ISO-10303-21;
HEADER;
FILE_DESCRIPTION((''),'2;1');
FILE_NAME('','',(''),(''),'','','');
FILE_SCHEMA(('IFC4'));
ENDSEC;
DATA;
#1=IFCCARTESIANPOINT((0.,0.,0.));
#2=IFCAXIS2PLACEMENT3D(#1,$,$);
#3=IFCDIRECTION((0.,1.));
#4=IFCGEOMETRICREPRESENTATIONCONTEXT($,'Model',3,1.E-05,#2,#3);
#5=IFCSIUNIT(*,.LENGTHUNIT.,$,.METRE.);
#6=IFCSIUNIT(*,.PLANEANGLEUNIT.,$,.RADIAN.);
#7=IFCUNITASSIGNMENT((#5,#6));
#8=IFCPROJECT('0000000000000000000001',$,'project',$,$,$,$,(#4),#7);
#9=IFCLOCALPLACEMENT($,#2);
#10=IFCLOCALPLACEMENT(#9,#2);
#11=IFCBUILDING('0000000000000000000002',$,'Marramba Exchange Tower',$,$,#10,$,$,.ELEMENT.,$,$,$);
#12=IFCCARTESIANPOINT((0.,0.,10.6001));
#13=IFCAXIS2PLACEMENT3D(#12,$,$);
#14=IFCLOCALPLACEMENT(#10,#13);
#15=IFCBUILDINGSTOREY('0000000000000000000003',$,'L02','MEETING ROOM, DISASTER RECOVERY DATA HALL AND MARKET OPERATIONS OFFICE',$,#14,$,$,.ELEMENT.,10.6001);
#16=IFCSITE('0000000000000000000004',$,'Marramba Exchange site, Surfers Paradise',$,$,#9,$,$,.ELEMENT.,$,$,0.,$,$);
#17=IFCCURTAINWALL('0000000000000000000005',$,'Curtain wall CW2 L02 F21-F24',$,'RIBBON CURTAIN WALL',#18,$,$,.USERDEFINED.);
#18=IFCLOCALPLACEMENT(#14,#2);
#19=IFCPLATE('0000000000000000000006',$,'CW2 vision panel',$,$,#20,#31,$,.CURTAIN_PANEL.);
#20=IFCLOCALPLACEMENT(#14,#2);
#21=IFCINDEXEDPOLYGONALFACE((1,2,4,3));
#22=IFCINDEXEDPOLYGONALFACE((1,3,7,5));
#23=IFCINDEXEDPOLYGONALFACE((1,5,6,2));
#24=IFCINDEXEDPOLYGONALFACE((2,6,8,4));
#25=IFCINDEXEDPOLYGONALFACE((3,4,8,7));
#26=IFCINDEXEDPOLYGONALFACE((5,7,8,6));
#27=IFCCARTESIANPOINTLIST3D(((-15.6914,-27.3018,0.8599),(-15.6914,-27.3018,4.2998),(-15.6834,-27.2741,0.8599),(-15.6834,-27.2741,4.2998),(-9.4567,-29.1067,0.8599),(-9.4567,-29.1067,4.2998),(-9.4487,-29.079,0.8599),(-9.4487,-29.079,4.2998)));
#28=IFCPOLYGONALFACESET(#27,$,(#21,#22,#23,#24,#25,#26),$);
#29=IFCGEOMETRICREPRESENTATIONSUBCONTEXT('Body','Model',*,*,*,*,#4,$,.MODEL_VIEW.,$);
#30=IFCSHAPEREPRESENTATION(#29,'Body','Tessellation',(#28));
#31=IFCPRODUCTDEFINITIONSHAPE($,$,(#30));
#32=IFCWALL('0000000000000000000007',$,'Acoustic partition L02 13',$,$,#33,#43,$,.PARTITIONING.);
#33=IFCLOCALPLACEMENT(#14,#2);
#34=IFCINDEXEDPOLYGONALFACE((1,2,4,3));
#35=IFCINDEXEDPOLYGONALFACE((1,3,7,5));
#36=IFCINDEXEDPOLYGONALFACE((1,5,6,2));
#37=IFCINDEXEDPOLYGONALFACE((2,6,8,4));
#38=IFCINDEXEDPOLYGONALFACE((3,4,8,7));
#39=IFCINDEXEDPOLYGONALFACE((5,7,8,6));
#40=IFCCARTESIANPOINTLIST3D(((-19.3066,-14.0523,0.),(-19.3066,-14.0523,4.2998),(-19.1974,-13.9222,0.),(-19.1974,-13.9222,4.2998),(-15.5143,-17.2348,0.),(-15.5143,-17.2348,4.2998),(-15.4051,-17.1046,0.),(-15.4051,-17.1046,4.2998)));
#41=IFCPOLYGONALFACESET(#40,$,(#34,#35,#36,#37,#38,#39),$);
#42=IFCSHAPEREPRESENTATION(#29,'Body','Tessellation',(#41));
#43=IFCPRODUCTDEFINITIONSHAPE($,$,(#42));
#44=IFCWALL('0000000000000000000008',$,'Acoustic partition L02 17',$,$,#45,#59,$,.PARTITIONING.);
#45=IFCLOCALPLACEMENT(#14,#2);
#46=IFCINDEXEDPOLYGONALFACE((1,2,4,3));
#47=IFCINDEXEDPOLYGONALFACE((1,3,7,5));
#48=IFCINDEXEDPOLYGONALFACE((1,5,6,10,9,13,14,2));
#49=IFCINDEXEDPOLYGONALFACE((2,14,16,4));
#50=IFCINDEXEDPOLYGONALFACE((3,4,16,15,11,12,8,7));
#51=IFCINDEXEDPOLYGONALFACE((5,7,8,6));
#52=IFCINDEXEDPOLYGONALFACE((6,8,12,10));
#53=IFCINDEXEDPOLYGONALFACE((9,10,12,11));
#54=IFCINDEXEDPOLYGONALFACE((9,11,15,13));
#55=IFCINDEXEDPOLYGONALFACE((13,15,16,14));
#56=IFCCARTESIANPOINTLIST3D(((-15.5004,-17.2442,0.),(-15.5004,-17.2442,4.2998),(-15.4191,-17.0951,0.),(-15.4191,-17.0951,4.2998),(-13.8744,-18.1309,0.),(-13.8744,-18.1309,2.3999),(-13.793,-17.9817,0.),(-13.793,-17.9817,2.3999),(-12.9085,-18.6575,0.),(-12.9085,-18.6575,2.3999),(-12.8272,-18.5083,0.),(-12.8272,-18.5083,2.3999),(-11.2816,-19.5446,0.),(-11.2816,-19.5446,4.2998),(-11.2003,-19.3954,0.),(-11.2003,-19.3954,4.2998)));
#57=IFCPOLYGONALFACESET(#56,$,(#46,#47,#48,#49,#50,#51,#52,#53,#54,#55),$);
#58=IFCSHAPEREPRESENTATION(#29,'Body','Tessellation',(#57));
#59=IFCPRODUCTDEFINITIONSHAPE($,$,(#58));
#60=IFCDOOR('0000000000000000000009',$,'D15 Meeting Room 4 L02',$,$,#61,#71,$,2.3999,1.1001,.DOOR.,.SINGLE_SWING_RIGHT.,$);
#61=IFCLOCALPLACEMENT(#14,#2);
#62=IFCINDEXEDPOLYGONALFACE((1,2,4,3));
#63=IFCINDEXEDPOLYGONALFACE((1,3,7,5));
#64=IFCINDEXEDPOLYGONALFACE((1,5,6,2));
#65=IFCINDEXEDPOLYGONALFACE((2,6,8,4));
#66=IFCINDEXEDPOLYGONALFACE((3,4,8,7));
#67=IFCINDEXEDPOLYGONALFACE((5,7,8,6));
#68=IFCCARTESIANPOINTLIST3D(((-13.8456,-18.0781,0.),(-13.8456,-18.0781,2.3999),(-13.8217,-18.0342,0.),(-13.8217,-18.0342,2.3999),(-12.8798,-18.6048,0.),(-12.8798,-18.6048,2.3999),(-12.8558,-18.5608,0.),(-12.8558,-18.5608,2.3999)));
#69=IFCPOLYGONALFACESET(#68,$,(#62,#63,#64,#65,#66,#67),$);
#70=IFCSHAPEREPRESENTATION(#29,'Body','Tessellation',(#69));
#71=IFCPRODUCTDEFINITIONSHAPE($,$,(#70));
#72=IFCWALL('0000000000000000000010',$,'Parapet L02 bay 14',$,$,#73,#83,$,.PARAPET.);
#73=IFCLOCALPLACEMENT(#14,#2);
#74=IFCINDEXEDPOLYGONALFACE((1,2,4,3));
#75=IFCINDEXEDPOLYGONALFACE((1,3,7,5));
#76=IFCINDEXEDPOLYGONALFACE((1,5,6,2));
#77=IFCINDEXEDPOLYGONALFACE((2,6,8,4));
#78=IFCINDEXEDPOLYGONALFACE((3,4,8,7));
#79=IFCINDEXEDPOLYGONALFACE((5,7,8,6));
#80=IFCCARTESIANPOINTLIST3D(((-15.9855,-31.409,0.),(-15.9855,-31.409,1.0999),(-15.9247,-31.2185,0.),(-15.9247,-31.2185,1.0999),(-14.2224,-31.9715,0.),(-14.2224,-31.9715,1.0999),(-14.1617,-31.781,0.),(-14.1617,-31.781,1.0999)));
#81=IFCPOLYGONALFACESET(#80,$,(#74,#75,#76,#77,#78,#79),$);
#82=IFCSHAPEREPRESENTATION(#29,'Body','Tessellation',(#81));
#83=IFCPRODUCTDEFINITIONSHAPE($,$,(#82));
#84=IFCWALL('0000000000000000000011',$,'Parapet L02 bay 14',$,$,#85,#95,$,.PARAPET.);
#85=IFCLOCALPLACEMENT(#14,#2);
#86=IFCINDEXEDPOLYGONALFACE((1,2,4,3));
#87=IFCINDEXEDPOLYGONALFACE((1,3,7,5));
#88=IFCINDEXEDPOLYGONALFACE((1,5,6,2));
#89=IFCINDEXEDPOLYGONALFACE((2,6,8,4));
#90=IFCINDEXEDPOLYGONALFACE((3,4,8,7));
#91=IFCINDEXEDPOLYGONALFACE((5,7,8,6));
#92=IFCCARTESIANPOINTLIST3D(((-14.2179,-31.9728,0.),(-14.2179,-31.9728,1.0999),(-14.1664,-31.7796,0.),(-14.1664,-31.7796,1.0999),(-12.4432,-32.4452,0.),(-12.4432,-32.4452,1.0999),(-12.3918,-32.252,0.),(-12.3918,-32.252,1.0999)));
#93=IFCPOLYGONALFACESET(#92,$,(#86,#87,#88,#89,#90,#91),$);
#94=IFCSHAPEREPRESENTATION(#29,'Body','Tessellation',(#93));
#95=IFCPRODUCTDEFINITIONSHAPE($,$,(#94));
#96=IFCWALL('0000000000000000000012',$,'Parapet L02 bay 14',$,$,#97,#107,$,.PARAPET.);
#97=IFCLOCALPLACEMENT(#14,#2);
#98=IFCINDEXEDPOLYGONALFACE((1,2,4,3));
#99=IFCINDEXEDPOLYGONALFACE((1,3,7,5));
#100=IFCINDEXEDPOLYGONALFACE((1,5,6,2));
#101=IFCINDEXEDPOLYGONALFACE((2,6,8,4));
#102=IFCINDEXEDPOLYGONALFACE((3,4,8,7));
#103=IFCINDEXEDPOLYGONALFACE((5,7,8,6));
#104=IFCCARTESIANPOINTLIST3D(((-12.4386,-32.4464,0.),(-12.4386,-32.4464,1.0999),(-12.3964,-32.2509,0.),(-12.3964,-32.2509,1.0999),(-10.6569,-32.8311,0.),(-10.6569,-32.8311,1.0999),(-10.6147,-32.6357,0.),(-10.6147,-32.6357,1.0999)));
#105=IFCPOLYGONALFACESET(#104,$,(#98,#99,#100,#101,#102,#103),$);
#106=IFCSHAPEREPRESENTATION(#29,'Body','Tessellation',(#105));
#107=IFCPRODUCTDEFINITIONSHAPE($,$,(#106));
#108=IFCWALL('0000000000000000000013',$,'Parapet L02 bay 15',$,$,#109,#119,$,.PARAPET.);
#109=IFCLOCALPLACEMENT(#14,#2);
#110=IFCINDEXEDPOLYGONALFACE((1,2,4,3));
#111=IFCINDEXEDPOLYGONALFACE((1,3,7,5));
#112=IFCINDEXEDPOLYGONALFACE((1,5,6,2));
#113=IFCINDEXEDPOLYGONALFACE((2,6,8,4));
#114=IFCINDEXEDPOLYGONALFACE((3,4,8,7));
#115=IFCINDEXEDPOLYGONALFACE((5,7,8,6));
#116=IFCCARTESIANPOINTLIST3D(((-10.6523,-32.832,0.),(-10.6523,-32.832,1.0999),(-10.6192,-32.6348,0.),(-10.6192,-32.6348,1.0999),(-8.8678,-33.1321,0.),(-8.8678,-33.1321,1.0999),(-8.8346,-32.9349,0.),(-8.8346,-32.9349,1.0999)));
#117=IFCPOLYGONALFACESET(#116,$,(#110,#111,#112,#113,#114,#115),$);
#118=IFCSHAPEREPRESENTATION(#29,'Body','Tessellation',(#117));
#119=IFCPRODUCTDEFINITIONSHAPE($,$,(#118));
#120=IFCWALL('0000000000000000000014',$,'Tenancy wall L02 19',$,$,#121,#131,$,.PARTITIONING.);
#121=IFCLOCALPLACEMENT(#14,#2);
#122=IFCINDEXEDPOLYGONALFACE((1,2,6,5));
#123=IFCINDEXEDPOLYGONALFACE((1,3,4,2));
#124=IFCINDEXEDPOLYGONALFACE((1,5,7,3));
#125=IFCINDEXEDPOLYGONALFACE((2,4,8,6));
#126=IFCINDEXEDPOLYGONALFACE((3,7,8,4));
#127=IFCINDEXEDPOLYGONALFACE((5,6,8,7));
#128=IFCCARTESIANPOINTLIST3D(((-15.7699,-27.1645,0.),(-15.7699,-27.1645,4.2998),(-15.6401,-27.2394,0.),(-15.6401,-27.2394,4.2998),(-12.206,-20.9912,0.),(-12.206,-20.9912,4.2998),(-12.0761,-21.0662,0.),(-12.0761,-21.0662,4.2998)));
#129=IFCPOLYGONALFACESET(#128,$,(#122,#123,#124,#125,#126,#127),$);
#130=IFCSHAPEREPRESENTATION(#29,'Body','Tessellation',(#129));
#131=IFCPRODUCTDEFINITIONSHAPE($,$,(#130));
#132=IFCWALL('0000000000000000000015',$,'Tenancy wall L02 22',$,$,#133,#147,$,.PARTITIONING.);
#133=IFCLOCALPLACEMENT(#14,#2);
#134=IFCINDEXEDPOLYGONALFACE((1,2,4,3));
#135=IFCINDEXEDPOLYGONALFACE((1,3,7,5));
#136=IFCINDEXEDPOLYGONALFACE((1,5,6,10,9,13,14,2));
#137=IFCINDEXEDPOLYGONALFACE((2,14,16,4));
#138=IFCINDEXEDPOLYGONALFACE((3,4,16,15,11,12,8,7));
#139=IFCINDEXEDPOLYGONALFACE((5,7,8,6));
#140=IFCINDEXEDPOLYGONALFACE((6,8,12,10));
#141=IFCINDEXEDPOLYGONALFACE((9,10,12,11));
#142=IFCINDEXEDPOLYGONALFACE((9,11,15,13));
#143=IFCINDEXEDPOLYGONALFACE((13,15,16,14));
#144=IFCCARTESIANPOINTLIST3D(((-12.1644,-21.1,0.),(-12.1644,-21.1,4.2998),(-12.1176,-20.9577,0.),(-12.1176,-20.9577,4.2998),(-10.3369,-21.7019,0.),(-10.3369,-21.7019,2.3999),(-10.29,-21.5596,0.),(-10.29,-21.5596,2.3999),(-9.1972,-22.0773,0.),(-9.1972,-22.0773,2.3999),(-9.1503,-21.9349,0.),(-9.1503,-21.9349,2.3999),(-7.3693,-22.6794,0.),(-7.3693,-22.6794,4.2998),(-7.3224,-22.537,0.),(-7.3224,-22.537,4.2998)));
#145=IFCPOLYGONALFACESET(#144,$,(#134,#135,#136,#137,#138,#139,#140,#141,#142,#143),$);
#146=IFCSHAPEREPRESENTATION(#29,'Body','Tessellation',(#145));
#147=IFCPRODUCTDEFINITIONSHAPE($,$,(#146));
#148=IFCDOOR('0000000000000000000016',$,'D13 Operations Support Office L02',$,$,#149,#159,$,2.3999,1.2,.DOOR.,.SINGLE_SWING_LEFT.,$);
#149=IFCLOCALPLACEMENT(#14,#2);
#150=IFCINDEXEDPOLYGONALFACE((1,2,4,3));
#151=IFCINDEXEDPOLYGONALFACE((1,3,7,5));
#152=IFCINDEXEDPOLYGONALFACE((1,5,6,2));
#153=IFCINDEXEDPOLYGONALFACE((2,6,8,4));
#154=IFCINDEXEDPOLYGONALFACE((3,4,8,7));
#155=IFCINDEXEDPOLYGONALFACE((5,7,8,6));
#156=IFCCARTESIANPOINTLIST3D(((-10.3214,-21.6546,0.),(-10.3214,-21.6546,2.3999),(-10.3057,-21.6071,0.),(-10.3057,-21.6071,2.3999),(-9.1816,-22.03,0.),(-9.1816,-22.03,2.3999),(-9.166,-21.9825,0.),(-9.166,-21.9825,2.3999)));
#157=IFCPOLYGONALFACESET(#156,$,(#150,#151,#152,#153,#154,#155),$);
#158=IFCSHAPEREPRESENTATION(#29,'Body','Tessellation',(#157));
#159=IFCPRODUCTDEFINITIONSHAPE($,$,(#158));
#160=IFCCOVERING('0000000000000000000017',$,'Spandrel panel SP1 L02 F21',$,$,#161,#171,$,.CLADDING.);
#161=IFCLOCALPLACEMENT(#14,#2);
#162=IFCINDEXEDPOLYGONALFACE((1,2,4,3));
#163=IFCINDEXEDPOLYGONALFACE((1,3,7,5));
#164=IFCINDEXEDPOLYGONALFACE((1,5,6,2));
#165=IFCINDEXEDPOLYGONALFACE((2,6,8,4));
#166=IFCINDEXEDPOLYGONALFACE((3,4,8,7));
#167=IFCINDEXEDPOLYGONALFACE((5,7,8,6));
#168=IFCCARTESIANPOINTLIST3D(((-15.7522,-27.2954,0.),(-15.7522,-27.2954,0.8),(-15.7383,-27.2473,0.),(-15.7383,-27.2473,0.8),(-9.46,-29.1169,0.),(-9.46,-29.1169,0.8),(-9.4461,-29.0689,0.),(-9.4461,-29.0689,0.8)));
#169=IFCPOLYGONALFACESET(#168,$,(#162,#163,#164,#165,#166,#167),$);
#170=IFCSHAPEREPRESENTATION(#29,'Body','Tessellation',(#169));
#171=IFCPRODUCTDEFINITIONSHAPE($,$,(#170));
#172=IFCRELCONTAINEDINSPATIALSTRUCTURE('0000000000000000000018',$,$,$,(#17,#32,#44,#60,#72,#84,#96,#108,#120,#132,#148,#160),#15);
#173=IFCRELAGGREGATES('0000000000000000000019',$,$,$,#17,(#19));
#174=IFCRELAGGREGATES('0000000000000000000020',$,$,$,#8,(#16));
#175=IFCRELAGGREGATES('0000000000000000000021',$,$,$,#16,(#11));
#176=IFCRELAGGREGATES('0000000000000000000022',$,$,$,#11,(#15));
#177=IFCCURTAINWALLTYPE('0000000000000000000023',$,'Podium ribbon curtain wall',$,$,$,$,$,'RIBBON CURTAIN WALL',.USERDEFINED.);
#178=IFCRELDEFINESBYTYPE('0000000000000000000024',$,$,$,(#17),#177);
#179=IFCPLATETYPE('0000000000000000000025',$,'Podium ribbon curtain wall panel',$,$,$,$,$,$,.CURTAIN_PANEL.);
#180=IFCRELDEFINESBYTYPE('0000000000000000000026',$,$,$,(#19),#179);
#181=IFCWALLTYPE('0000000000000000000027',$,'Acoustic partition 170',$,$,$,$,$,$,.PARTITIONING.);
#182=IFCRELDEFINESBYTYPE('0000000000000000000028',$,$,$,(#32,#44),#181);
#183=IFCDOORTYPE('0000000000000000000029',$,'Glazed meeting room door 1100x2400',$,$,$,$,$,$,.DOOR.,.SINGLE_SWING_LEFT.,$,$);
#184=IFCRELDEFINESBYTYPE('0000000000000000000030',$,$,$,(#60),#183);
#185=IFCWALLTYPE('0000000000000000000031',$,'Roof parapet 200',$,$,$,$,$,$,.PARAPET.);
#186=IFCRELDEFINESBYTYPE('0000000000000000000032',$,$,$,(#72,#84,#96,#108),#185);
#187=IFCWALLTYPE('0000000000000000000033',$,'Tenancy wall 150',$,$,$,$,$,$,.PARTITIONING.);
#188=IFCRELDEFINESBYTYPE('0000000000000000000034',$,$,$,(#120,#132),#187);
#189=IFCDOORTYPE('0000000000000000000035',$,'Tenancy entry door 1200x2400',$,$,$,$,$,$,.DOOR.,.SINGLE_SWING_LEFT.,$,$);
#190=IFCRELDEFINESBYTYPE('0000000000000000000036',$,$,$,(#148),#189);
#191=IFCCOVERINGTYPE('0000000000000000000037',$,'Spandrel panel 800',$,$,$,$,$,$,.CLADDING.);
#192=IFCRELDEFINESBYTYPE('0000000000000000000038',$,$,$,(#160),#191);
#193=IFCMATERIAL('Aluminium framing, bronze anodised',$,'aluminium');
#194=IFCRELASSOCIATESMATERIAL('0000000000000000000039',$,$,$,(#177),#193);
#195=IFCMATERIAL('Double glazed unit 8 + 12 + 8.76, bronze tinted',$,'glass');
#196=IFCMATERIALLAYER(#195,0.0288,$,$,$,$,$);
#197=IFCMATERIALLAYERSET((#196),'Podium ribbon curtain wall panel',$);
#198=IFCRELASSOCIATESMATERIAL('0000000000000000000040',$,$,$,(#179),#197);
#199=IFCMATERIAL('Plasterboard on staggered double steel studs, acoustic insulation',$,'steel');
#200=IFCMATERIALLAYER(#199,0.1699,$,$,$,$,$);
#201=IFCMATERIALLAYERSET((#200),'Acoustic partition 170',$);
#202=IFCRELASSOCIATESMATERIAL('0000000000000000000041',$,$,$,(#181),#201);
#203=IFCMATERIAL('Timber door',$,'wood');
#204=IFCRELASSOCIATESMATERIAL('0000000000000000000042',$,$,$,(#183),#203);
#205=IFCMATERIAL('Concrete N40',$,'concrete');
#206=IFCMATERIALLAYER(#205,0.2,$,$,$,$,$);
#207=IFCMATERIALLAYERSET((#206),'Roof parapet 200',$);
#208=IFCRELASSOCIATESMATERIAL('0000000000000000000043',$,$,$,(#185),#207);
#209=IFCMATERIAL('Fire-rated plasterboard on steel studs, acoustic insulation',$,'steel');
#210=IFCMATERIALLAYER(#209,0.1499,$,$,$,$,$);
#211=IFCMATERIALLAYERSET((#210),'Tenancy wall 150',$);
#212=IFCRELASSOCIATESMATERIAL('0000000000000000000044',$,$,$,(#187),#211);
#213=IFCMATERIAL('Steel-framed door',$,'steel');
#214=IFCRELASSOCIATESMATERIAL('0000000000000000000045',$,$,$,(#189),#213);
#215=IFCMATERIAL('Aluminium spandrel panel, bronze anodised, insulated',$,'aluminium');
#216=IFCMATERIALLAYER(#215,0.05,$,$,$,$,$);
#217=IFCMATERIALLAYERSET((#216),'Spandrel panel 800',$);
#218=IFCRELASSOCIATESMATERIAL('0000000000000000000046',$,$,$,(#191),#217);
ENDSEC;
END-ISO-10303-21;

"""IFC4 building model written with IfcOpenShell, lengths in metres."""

from ifc_helpers import new_model, si_unit, direction, frame, frame_2d, origin, origin_2d, place, context, subcontext, project, spatial, rectangle, extrude, material, layer, layer_set, type_object, element, fill, aggregate, save


model = new_model("IFC4")

# Units and contexts
model_context = context("Model", 3, precision=1e-05, world=origin(), true_north=direction((0.0, 1.0)))
body_context = subcontext(model_context, "Body", "Model", "MODEL_VIEW")
ifc_project = project(units=[si_unit("LENGTHUNIT", "METRE"), si_unit("PLANEANGLEUNIT", "RADIAN")], contexts=[model_context])

# Site, building, storey
site_placement = place(None, origin())
site = spatial("IfcSite", under=ifc_project, at=site_placement, Name="Marramba Exchange site, Surfers Paradise", CompositionType="ELEMENT", RefElevation=0.0)
building_placement = place(site_placement, origin())
building = spatial("IfcBuilding", under=site, at=building_placement, Name="Marramba Exchange Tower", CompositionType="ELEMENT")
storey_placement = place(building_placement, frame((0.0, 0.0, 10.6001)))
storey = spatial("IfcBuildingStorey", under=building, at=storey_placement, Name="L02", Description="MEETING ROOM, DISASTER RECOVERY DATA HALL AND MARKET OPERATIONS OFFICE", CompositionType="ELEMENT", Elevation=10.6001)

# Curtain wall
ifc_material_1 = material(Name="Aluminium framing, bronze anodised", Category="aluminium")
curtain_wall_type = type_object("IfcCurtainWallType", Name="Podium ribbon curtain wall", ElementType="RIBBON CURTAIN WALL", PredefinedType="USERDEFINED", material=ifc_material_1)
curtain_wall_placement = place(storey_placement, origin())
curtain_wall = element("IfcCurtainWall", 1, at=curtain_wall_placement, inside=storey, type_object=curtain_wall_type, Name="Curtain wall CW2 L02 F21-F24", ObjectType="RIBBON CURTAIN WALL", PredefinedType="USERDEFINED")

# Plate
ifc_material_2 = material(Name="Double glazed unit 8 + 12 + 8.76, bronze tinted", Category="glass")
ifc_layer_1 = layer(ifc_material_2, 0.0288)
ifc_layer_set_1 = layer_set([ifc_layer_1], Name="Podium ribbon curtain wall panel")
plate_type = type_object("IfcPlateType", Name="Podium ribbon curtain wall panel", PredefinedType="CURTAIN_PANEL", material=ifc_layer_set_1)
plate_placement = place(storey_placement, frame((-12.5701, -28.1904, 0.8599), z_axis=(0.0, 0.0, 1.0), x_axis=(0.960559, -0.278075, 0.0)))
plate = element("IfcPlate", 2, at=plate_placement, type_object=plate_type, Name="CW2 vision panel", PredefinedType="CURTAIN_PANEL", context=body_context, shape_type="SweptSolid", body=[
    extrude(rectangle(XDim=6.4907, YDim=0.0288, at=origin_2d()), origin(), (0.0, 0.0, 1.0), 3.4399),
])
aggregate(curtain_wall, [plate])

# Wall
ifc_material_3 = material(Name="Plasterboard on staggered double steel studs, acoustic insulation", Category="steel")
ifc_layer_2 = layer(ifc_material_3, 0.1699)
ifc_layer_set_2 = layer_set([ifc_layer_2], Name="Acoustic partition 170")
wall_type_1 = type_object("IfcWallType", Name="Acoustic partition 170", PredefinedType="PARTITIONING", material=ifc_layer_set_2)
wall_1_placement = place(storey_placement, frame((-15.4597, -17.1697, 0.0), z_axis=(0.0, 0.0, 1.0), x_axis=(-0.766014, 0.642824, 0.0)))
element("IfcWall", 3, at=wall_1_placement, inside=storey, type_object=wall_type_1, Name="Acoustic partition L02 13", PredefinedType="PARTITIONING", context=body_context, shape_type="SweptSolid", body=[
    extrude(rectangle(XDim=4.9507, YDim=0.1699, at=frame_2d((2.4753, 0.0))), origin(), (0.0, 0.0, 1.0), 4.2998),
])

# Wall, opening, door
wall_2_placement = place(storey_placement, frame((-11.241, -19.47, 0.0), z_axis=(0.0, 0.0, 1.0), x_axis=(-0.877969, 0.478717, 0.0)))
wall_2 = element("IfcWall", 4, at=wall_2_placement, inside=storey, type_object=wall_type_1, Name="Acoustic partition L02 17", PredefinedType="PARTITIONING", context=body_context, shape_type="SweptSolid", body=[
    extrude(rectangle(XDim=4.8052, YDim=0.1699, at=frame_2d((2.4026, 0.0))), origin(), (0.0, 0.0, 1.0), 4.2998),
])
opening_1_placement = place(wall_2_placement, frame((1.853, 0.0, 0.0)))
opening_1 = element("IfcOpeningElement", 5, at=opening_1_placement, cuts=wall_2, PredefinedType="OPENING", context=body_context, shape_type="SweptSolid", body=[
    extrude(rectangle(XDim=1.1001, YDim=2.3999, at=frame_2d((0.55, 1.2))), frame((0.0, 0.095, 0.0), z_axis=(0.0, -1.0, 0.0), x_axis=(1.0, 0.0, 0.0)), (0.0, 0.0, 1.0), 0.1899),
])
ifc_material_4 = material(Name="Timber door", Category="wood")
door_type_1 = type_object("IfcDoorType", Name="Glazed meeting room door 1100x2400", OperationType="SINGLE_SWING_LEFT", PredefinedType="DOOR", material=ifc_material_4)
door_1_placement = place(opening_1_placement, origin())
door_1 = element("IfcDoor", 6, at=door_1_placement, inside=storey, type_object=door_type_1, Name="D15 Meeting Room 4 L02", OperationType="SINGLE_SWING_RIGHT", OverallHeight=2.3999, OverallWidth=1.1001, PredefinedType="DOOR", context=body_context, shape_type="SweptSolid", body=[
    extrude(rectangle(XDim=1.1001, YDim=2.3999, at=frame_2d((0.55, 1.2))), frame((0.0, 0.0249, 0.0), z_axis=(0.0, -1.0, 0.0), x_axis=(1.0, 0.0, 0.0)), (0.0, 0.0, 1.0), 0.05),
])
fill(opening_1, door_1)

# Walls
ifc_material_5 = material(Name="Concrete N40", Category="concrete")
ifc_layer_3 = layer(ifc_material_5, 0.2)
ifc_layer_set_3 = layer_set([ifc_layer_3], Name="Roof parapet 200")
wall_type_2 = type_object("IfcWallType", Name="Roof parapet 200", PredefinedType="PARAPET", material=ifc_layer_set_3)
wall_3_placement = place(storey_placement, frame((-15.9551, -31.3137, 0.0), z_axis=(0.0, 0.0, 1.0), x_axis=(0.952681, -0.303971, 0.0)))
element("IfcWall", 7, at=wall_3_placement, inside=storey, type_object=wall_type_2, Name="Parapet L02 bay 14", PredefinedType="PARAPET", context=body_context, shape_type="SweptSolid", body=[
    extrude(rectangle(XDim=1.8506, YDim=0.2, at=frame_2d((0.9253, 0.0))), origin(), (0.0, 0.0, 1.0), 1.0999),
])
wall_4_placement = place(storey_placement, frame((-14.1921, -31.8762, 0.0), z_axis=(0.0, 0.0, 1.0), x_axis=(0.966347, -0.257241, 0.0)))
element("IfcWall", 8, at=wall_4_placement, inside=storey, type_object=wall_type_2, Name="Parapet L02 bay 14", PredefinedType="PARAPET", context=body_context, shape_type="SweptSolid", body=[
    extrude(rectangle(XDim=1.8364, YDim=0.2, at=frame_2d((0.9182, 0.0))), origin(), (0.0, 0.0, 1.0), 1.0999),
])
wall_5_placement = place(storey_placement, frame((-12.4175, -32.3486, 0.0), z_axis=(0.0, 0.0, 1.0), x_axis=(0.977468, -0.211084, 0.0)))
element("IfcWall", 9, at=wall_5_placement, inside=storey, type_object=wall_type_2, Name="Parapet L02 bay 14", PredefinedType="PARAPET", context=body_context, shape_type="SweptSolid", body=[
    extrude(rectangle(XDim=1.8228, YDim=0.2, at=frame_2d((0.9114, 0.0))), origin(), (0.0, 0.0, 1.0), 1.0999),
])
wall_6_placement = place(storey_placement, frame((-10.6357, -32.7334, 0.0), z_axis=(0.0, 0.0, 1.0), x_axis=(0.986156, -0.165821, 0.0)))
element("IfcWall", 10, at=wall_6_placement, inside=storey, type_object=wall_type_2, Name="Parapet L02 bay 15", PredefinedType="PARAPET", context=body_context, shape_type="SweptSolid", body=[
    extrude(rectangle(XDim=1.8096, YDim=0.2, at=frame_2d((0.9048, 0.0))), origin(), (0.0, 0.0, 1.0), 1.0999),
])
ifc_material_6 = material(Name="Fire-rated plasterboard on steel studs, acoustic insulation", Category="steel")
ifc_layer_4 = layer(ifc_material_6, 0.1499)
ifc_layer_set_4 = layer_set([ifc_layer_4], Name="Tenancy wall 150")
wall_type_3 = type_object("IfcWallType", Name="Tenancy wall 150", PredefinedType="PARTITIONING", material=ifc_layer_set_4)
wall_7_placement = place(storey_placement, frame((-12.1411, -21.0288, 0.0), z_axis=(0.0, 0.0, 1.0), x_axis=(-0.499977, -0.866038, 0.0)))
element("IfcWall", 11, at=wall_7_placement, inside=storey, type_object=wall_type_3, Name="Tenancy wall L02 19", PredefinedType="PARTITIONING", context=body_context, shape_type="SweptSolid", body=[
    extrude(rectangle(XDim=7.1282, YDim=0.1499, at=frame_2d((3.564, 0.0))), origin(), (0.0, 0.0, 1.0), 4.2998),
])

# Wall, opening, door
wall_8_placement = place(storey_placement, frame((-12.1411, -21.0288, 0.0), z_axis=(0.0, 0.0, 1.0), x_axis=(0.949809, -0.312831, 0.0)))
wall_8 = element("IfcWall", 12, at=wall_8_placement, inside=storey, type_object=wall_type_3, Name="Tenancy wall L02 22", PredefinedType="PARTITIONING", context=body_context, shape_type="SweptSolid", body=[
    extrude(rectangle(XDim=5.0486, YDim=0.1499, at=frame_2d((2.5244, 0.0))), origin(), (0.0, 0.0, 1.0), 4.2998),
])
opening_2_placement = place(wall_8_placement, frame((1.9241, 0.0, 0.0)))
opening_2 = element("IfcOpeningElement", 13, at=opening_2_placement, cuts=wall_8, PredefinedType="OPENING", context=body_context, shape_type="SweptSolid", body=[
    extrude(rectangle(XDim=1.2, YDim=2.3999, at=frame_2d((0.6001, 1.2))), frame((0.0, 0.085, 0.0), z_axis=(0.0, -1.0, 0.0), x_axis=(1.0, 0.0, 0.0)), (0.0, 0.0, 1.0), 0.1699),
])
ifc_material_7 = material(Name="Steel-framed door", Category="steel")
door_type_2 = type_object("IfcDoorType", Name="Tenancy entry door 1200x2400", OperationType="SINGLE_SWING_LEFT", PredefinedType="DOOR", material=ifc_material_7)
door_2_placement = place(opening_2_placement, origin())
door_2 = element("IfcDoor", 14, at=door_2_placement, inside=storey, type_object=door_type_2, Name="D13 Operations Support Office L02", OperationType="SINGLE_SWING_LEFT", OverallHeight=2.3999, OverallWidth=1.2, PredefinedType="DOOR", context=body_context, shape_type="SweptSolid", body=[
    extrude(rectangle(XDim=1.2, YDim=2.3999, at=frame_2d((0.6001, 1.2))), frame((0.0, 0.0249, 0.0), z_axis=(0.0, -1.0, 0.0), x_axis=(1.0, 0.0, 0.0)), (0.0, 0.0, 1.0), 0.05),
])
fill(opening_2, door_2)

# Covering
ifc_material_8 = material(Name="Aluminium spandrel panel, bronze anodised, insulated", Category="aluminium")
ifc_layer_5 = layer(ifc_material_8, 0.05)
ifc_layer_set_5 = layer_set([ifc_layer_5], Name="Spandrel panel 800")
covering_type = type_object("IfcCoveringType", Name="Spandrel panel 800", PredefinedType="CLADDING", material=ifc_layer_set_5)
covering_placement = place(storey_placement, frame((-12.5991, -28.1821, 0.0), z_axis=(0.0, 0.0, 1.0), x_axis=(0.960559, -0.278075, 0.0)))
element("IfcCovering", 15, at=covering_placement, inside=storey, type_object=covering_type, Name="Spandrel panel SP1 L02 F21", PredefinedType="CLADDING", context=body_context, shape_type="SweptSolid", body=[
    extrude(rectangle(XDim=6.5505, YDim=0.05, at=origin_2d()), origin(), (0.0, 0.0, 1.0), 0.8),
])

save(model, "model.ifc")
